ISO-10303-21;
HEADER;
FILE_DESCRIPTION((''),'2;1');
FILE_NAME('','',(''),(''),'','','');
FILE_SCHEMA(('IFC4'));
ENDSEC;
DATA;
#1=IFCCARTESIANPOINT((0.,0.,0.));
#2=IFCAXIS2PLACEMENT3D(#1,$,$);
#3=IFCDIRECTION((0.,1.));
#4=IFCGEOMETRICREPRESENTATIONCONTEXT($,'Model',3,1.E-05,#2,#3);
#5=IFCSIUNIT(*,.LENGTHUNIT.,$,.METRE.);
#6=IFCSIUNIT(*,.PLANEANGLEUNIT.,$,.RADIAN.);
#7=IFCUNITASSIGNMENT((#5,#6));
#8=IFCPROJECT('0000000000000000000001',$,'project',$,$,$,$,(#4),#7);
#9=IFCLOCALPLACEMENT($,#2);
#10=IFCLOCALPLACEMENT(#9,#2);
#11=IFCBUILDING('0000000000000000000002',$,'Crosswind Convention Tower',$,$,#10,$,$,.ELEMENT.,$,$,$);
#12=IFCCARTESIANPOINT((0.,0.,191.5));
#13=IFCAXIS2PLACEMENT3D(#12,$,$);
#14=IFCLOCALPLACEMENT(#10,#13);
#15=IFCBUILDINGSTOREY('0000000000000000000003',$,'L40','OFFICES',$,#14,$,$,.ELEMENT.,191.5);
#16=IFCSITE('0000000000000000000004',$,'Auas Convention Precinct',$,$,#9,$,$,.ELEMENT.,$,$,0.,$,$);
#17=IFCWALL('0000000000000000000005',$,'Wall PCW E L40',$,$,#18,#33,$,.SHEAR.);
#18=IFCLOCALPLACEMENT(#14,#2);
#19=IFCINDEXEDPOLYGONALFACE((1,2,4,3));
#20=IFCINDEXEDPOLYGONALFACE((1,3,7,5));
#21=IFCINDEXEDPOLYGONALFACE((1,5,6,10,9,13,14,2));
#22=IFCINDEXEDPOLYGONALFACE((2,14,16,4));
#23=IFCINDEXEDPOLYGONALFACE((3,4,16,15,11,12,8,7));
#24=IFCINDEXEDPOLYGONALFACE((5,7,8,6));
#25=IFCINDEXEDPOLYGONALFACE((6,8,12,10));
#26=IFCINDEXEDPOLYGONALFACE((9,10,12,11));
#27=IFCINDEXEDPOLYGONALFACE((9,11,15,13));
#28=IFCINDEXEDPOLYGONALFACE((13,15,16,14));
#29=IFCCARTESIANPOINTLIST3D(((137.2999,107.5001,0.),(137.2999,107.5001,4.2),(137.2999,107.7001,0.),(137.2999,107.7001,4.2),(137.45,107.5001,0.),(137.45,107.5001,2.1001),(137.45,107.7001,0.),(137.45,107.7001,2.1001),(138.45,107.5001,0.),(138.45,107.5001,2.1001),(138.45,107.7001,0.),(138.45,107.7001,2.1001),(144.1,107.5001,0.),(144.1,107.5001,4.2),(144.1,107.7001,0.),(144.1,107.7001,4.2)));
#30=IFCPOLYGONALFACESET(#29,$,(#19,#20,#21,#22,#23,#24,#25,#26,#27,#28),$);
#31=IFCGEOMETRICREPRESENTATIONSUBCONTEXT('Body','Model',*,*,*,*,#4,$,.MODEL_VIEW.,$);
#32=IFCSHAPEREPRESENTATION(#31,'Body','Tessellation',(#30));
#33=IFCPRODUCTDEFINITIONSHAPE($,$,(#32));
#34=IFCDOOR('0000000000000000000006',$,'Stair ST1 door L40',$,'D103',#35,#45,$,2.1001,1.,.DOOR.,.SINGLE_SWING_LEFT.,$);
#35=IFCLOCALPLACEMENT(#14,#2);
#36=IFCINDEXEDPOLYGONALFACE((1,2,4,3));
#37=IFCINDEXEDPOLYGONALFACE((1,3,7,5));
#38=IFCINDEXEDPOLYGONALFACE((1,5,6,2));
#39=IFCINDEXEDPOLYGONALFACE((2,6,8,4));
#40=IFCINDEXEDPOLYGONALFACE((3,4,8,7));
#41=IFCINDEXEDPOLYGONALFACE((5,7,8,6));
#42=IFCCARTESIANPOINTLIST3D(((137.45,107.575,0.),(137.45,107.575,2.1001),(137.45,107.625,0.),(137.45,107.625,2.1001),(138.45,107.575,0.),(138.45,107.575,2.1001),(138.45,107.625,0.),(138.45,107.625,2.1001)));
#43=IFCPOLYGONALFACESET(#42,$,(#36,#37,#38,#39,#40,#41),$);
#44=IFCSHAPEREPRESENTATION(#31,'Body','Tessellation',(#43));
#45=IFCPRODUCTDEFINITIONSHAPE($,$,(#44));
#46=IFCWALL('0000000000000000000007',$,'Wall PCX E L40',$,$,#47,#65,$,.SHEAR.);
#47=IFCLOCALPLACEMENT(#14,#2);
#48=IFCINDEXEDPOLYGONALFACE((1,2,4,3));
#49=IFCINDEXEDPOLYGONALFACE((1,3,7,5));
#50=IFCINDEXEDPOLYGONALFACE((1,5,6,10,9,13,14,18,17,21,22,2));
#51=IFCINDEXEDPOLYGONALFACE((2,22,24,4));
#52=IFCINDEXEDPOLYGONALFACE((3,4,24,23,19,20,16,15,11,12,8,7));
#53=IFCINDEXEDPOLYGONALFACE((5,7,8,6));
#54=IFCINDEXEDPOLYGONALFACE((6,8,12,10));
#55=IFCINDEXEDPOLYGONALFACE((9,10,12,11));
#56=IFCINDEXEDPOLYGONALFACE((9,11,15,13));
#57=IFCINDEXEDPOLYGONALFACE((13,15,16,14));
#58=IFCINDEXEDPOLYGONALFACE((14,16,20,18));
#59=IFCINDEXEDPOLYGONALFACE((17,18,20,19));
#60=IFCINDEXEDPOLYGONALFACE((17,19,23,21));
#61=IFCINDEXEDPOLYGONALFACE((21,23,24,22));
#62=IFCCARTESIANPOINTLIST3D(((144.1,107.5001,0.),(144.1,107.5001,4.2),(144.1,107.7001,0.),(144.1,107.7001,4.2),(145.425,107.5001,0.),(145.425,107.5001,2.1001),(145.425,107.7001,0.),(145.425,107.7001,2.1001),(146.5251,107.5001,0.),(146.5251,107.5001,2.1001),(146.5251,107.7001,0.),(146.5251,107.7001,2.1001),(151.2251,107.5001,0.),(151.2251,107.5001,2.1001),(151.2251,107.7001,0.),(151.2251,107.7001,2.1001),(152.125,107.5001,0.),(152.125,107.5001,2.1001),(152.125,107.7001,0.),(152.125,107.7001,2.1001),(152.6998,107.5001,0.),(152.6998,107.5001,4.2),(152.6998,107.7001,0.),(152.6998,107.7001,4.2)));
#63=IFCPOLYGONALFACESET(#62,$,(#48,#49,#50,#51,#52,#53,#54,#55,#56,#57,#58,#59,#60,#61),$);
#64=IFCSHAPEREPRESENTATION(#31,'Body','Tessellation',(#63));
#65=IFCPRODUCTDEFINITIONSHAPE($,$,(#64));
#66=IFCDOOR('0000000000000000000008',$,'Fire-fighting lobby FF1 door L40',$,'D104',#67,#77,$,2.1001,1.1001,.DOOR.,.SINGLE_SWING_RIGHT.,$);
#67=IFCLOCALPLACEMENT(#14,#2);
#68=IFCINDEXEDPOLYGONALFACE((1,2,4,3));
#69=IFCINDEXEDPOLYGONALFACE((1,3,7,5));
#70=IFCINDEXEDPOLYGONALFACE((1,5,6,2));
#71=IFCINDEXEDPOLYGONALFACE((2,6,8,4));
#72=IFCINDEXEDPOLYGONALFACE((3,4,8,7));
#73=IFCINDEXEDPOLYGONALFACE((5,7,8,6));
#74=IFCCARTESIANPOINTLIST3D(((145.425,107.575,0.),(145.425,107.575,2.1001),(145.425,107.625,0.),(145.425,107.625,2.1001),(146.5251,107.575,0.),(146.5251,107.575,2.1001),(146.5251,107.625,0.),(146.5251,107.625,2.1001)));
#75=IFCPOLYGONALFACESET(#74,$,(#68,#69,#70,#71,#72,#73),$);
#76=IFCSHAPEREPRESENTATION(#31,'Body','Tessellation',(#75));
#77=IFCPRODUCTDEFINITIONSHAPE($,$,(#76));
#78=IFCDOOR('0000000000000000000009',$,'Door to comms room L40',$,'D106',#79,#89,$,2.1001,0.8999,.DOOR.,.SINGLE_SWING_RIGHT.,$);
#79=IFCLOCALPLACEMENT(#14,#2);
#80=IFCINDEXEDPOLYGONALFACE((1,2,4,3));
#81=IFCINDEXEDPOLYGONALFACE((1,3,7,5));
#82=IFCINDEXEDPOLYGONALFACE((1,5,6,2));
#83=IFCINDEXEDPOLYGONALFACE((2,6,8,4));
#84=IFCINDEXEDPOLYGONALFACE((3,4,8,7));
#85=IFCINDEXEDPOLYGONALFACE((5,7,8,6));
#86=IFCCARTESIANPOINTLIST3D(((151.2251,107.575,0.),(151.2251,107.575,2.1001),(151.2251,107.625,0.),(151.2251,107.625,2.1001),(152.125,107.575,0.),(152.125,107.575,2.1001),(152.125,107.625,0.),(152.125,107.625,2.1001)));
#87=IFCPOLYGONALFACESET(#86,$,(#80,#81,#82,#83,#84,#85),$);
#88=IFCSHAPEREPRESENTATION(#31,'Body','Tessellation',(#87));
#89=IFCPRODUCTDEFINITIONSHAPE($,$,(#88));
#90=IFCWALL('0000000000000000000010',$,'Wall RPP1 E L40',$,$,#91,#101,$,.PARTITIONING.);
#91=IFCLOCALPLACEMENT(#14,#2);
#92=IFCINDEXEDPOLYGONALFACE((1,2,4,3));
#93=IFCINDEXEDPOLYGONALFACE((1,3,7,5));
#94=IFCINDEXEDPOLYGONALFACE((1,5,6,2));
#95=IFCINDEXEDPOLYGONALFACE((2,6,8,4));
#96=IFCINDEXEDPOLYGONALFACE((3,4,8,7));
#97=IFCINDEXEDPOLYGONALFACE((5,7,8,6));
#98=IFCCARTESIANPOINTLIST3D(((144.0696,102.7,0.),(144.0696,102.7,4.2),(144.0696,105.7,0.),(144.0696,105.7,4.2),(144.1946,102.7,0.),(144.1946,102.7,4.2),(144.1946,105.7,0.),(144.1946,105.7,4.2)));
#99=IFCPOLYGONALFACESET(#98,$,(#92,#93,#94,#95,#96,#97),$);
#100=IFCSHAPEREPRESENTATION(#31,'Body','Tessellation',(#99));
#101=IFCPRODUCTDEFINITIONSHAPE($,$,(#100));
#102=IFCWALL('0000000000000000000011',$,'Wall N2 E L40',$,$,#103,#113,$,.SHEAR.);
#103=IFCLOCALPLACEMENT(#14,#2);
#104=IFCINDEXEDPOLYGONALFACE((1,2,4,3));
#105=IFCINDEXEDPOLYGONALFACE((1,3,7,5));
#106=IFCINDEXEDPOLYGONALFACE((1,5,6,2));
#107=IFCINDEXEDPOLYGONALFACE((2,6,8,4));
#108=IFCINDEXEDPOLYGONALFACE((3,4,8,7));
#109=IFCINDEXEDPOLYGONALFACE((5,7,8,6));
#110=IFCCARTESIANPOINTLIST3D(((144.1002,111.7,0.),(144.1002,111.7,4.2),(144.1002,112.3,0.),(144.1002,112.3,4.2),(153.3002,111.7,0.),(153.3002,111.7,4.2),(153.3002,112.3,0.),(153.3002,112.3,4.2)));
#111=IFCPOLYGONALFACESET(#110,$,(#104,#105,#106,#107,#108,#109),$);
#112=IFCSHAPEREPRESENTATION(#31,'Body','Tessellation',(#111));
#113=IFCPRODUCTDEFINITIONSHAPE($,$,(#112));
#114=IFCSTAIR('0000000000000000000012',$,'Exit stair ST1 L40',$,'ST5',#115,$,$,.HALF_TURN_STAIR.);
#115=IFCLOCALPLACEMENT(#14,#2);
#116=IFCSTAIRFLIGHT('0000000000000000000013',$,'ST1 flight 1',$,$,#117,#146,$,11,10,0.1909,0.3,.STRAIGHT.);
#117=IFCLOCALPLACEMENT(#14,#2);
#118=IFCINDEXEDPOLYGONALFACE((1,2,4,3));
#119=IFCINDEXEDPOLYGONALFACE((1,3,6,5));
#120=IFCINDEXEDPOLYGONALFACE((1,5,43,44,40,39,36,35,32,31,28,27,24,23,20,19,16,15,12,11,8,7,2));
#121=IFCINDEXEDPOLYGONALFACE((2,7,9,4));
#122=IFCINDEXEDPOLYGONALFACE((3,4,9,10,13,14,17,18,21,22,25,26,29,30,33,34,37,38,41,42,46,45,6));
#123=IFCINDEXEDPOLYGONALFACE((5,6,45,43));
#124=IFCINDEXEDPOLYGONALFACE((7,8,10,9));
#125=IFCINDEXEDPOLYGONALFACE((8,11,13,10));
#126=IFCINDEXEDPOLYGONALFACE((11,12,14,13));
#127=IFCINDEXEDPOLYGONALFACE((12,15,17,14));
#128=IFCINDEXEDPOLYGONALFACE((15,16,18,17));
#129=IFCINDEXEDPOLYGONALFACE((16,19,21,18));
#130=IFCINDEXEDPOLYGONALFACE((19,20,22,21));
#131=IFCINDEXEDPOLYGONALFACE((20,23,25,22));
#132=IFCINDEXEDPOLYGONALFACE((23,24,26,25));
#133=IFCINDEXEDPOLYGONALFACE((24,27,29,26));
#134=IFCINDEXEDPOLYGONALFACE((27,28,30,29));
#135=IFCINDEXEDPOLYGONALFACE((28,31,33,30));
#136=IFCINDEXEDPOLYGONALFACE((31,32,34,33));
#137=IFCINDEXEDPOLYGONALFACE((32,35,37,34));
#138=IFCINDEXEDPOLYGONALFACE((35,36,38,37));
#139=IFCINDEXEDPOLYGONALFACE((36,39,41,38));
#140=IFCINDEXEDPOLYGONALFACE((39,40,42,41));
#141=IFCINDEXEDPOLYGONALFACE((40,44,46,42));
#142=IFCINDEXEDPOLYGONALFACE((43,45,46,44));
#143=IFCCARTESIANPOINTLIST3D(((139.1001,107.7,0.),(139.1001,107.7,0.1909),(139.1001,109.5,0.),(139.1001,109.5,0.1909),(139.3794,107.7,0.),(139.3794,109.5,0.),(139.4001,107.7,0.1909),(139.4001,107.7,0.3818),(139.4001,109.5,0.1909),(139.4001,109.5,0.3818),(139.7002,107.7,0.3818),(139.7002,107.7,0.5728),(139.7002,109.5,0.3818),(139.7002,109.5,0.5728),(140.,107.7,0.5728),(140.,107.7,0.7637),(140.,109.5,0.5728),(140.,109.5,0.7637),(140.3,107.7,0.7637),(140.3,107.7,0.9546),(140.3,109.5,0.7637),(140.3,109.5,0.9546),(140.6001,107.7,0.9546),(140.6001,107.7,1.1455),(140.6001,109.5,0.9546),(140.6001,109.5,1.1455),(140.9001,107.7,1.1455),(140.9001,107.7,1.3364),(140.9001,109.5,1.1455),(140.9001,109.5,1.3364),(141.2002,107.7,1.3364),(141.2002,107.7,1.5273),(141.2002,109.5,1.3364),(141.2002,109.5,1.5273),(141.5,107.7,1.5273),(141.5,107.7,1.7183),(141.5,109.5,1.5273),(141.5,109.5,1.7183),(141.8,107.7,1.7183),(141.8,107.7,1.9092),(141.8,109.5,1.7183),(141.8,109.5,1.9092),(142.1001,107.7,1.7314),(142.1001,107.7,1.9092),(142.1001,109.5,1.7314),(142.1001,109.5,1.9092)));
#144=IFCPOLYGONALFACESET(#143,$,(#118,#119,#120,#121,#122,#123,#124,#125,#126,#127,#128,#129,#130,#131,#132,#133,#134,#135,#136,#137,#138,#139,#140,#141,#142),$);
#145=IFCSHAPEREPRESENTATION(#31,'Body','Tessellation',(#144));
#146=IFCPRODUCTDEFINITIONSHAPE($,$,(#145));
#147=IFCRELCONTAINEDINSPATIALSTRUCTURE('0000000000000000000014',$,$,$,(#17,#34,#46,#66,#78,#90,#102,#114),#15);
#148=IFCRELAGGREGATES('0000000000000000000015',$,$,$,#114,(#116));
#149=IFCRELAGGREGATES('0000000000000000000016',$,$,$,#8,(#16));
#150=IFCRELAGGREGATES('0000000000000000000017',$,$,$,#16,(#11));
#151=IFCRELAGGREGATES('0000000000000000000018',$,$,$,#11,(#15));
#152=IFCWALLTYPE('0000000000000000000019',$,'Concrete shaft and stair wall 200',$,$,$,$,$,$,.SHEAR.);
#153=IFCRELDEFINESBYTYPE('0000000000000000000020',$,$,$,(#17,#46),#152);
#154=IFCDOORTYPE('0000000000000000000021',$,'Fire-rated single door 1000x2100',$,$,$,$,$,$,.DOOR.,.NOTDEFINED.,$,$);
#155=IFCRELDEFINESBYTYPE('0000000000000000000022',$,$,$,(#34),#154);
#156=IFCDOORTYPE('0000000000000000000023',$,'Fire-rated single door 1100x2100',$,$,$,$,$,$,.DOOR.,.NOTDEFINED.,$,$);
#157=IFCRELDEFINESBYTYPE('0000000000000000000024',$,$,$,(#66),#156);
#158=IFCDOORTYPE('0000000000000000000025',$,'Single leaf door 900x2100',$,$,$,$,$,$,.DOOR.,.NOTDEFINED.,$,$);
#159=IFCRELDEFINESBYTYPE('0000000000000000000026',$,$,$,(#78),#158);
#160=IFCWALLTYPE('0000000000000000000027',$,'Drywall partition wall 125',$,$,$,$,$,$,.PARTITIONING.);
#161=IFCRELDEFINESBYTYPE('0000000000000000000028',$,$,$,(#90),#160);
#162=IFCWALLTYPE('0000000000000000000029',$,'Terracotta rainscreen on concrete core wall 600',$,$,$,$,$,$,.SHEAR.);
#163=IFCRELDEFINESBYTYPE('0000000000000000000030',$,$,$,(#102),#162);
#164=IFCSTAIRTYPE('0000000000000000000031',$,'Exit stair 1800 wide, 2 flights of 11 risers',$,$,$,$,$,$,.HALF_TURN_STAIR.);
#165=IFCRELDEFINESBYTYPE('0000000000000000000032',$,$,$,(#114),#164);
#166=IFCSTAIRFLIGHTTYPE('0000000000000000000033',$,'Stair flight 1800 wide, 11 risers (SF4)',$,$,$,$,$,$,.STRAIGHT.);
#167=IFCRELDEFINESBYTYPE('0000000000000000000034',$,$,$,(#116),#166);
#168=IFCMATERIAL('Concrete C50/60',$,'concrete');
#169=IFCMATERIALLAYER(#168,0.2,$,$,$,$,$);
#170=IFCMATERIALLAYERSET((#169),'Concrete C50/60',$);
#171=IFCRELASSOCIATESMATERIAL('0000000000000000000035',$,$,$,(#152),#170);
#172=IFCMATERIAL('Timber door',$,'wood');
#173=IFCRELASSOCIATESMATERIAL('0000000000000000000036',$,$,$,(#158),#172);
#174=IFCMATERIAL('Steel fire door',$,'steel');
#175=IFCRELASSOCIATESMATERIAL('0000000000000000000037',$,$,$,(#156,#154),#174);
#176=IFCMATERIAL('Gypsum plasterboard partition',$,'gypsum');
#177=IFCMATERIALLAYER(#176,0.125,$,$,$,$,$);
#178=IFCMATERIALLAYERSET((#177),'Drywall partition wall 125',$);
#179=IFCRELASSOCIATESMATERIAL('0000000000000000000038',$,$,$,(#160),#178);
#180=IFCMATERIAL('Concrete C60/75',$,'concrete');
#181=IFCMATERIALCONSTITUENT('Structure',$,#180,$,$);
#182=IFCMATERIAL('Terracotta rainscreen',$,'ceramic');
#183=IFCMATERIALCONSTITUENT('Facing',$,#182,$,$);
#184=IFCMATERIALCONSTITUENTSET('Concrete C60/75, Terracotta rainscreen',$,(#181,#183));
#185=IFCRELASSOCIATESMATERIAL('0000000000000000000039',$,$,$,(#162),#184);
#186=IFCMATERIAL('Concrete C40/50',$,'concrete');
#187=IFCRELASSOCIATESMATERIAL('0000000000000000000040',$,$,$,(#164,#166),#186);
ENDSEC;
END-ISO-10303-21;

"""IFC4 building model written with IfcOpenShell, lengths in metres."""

from ifc_helpers import new_model, si_unit, direction, frame, frame_2d, origin, place, context, subcontext, project, spatial, polyline, rectangle, outline, extrude, material, layer, layer_set, constituent, constituent_set, type_object, element, fill, aggregate, save


model = new_model("IFC4")

# Units and contexts
model_context = context("Model", 3, precision=1e-05, world=origin(), true_north=direction((0.0, 1.0)))
body_context = subcontext(model_context, "Body", "Model", "MODEL_VIEW")
ifc_project = project(units=[si_unit("LENGTHUNIT", "METRE"), si_unit("PLANEANGLEUNIT", "RADIAN")], contexts=[model_context])

# Site, building, storey
site_placement = place(None, origin())
site = spatial("IfcSite", under=ifc_project, at=site_placement, Name="Auas Convention Precinct", CompositionType="ELEMENT", RefElevation=0.0)
building_placement = place(site_placement, origin())
building = spatial("IfcBuilding", under=site, at=building_placement, Name="Crosswind Convention Tower", CompositionType="ELEMENT")
storey_placement = place(building_placement, frame((0.0, 0.0, 191.5)))
storey = spatial("IfcBuildingStorey", under=building, at=storey_placement, Name="L40", Description="OFFICES", CompositionType="ELEMENT", Elevation=191.5)

# Shared definitions
ifc_material_1 = material(Name="Concrete C50/60", Category="concrete")
ifc_layer_1 = layer(ifc_material_1, 0.2)
ifc_layer_set_1 = layer_set([ifc_layer_1], Name="Concrete C50/60")
wall_type_1 = type_object("IfcWallType", Name="Concrete shaft and stair wall 200", PredefinedType="SHEAR", material=ifc_layer_set_1)

# Shared definitions
ifc_material_2 = material(Name="Timber door", Category="wood")
door_type_1 = type_object("IfcDoorType", Name="Single leaf door 900x2100", OperationType="NOTDEFINED", PredefinedType="DOOR", material=ifc_material_2)

# Shared definitions
ifc_material_3 = material(Name="Steel fire door", Category="steel")
door_type_2 = type_object("IfcDoorType", Name="Fire-rated single door 1100x2100", OperationType="NOTDEFINED", PredefinedType="DOOR", material=ifc_material_3)

# Wall, opening, door
wall_1_placement = place(storey_placement, frame((137.3, 107.6001, 0.0), z_axis=(0.0, 0.0, 1.0), x_axis=(1.0, 0.0, 0.0)))
wall_1 = element("IfcWall", 1, at=wall_1_placement, inside=storey, type_object=wall_type_1, Name="Wall PCW E L40", PredefinedType="SHEAR", context=body_context, shape_type="SweptSolid", body=[
    extrude(rectangle(XDim=6.8, YDim=0.2, at=frame_2d((3.3999, 0.0))), origin(), (0.0, 0.0, 1.0), 4.2),
])
opening_1_placement = place(wall_1_placement, frame((0.1499, 0.0, 0.0)))
opening_1 = element("IfcOpeningElement", 2, at=opening_1_placement, cuts=wall_1, PredefinedType="OPENING", context=body_context, shape_type="SweptSolid", body=[
    extrude(rectangle(XDim=1.0, YDim=2.1001, at=frame_2d((0.5, 1.05))), frame((0.0, 0.1099, 0.0), z_axis=(0.0, -1.0, 0.0), x_axis=(1.0, 0.0, 0.0)), (0.0, 0.0, 1.0), 0.22),
])
door_type_3 = type_object("IfcDoorType", Name="Fire-rated single door 1000x2100", OperationType="NOTDEFINED", PredefinedType="DOOR", material=ifc_material_3)
door_1_placement = place(opening_1_placement, origin())
door_1 = element("IfcDoor", 3, at=door_1_placement, inside=storey, type_object=door_type_3, Name="Stair ST1 door L40", ObjectType="D103", OperationType="SINGLE_SWING_LEFT", OverallHeight=2.1001, OverallWidth=1.0, PredefinedType="DOOR", context=body_context, shape_type="SweptSolid", body=[
    extrude(rectangle(XDim=1.0, YDim=2.1001, at=frame_2d((0.5, 1.05))), frame((0.0, 0.0249, 0.0), z_axis=(0.0, -1.0, 0.0), x_axis=(1.0, 0.0, 0.0)), (0.0, 0.0, 1.0), 0.05),
])
fill(opening_1, door_1)

# Wall, openings, doors
wall_2_placement = place(storey_placement, frame((144.1001, 107.6001, 0.0), z_axis=(0.0, 0.0, 1.0), x_axis=(1.0, 0.0, 0.0)))
wall_2 = element("IfcWall", 4, at=wall_2_placement, inside=storey, type_object=wall_type_1, Name="Wall PCX E L40", PredefinedType="SHEAR", context=body_context, shape_type="SweptSolid", body=[
    extrude(rectangle(XDim=8.5999, YDim=0.2, at=frame_2d((4.2998, 0.0))), origin(), (0.0, 0.0, 1.0), 4.2),
])
opening_2_placement = place(wall_2_placement, frame((1.325, 0.0, 0.0)))
opening_2 = element("IfcOpeningElement", 5, at=opening_2_placement, cuts=wall_2, PredefinedType="OPENING", context=body_context, shape_type="SweptSolid", body=[
    extrude(rectangle(XDim=1.1001, YDim=2.1001, at=frame_2d((0.55, 1.05))), frame((0.0, 0.1099, 0.0), z_axis=(0.0, -1.0, 0.0), x_axis=(1.0, 0.0, 0.0)), (0.0, 0.0, 1.0), 0.22),
])
opening_3_placement = place(wall_2_placement, frame((7.125, 0.0, 0.0)))
opening_3 = element("IfcOpeningElement", 6, at=opening_3_placement, cuts=wall_2, PredefinedType="OPENING", context=body_context, shape_type="SweptSolid", body=[
    extrude(rectangle(XDim=0.8999, YDim=2.1001, at=frame_2d((0.45, 1.05))), frame((0.0, 0.1099, 0.0), z_axis=(0.0, -1.0, 0.0), x_axis=(1.0, 0.0, 0.0)), (0.0, 0.0, 1.0), 0.22),
])
door_2_placement = place(opening_2_placement, origin())
door_2 = element("IfcDoor", 7, at=door_2_placement, inside=storey, type_object=door_type_2, Name="Fire-fighting lobby FF1 door L40", ObjectType="D104", OperationType="SINGLE_SWING_RIGHT", OverallHeight=2.1001, OverallWidth=1.1001, PredefinedType="DOOR", context=body_context, shape_type="SweptSolid", body=[
    extrude(rectangle(XDim=1.1001, YDim=2.1001, at=frame_2d((0.55, 1.05))), frame((0.0, 0.0249, 0.0), z_axis=(0.0, -1.0, 0.0), x_axis=(1.0, 0.0, 0.0)), (0.0, 0.0, 1.0), 0.05),
])
fill(opening_2, door_2)
door_3_placement = place(opening_3_placement, origin())
door_3 = element("IfcDoor", 8, at=door_3_placement, inside=storey, type_object=door_type_1, Name="Door to comms room L40", ObjectType="D106", OperationType="SINGLE_SWING_RIGHT", OverallHeight=2.1001, OverallWidth=0.8999, PredefinedType="DOOR", context=body_context, shape_type="SweptSolid", body=[
    extrude(rectangle(XDim=0.8999, YDim=2.1001, at=frame_2d((0.45, 1.05))), frame((0.0, 0.0249, 0.0), z_axis=(0.0, -1.0, 0.0), x_axis=(1.0, 0.0, 0.0)), (0.0, 0.0, 1.0), 0.05),
])
fill(opening_3, door_3)

# Walls
ifc_material_4 = material(Name="Gypsum plasterboard partition", Category="gypsum")
ifc_layer_2 = layer(ifc_material_4, 0.125)
ifc_layer_set_2 = layer_set([ifc_layer_2], Name="Drywall partition wall 125")
wall_type_2 = type_object("IfcWallType", Name="Drywall partition wall 125", PredefinedType="PARTITIONING", material=ifc_layer_set_2)
wall_3_placement = place(storey_placement, frame((144.1321, 102.7, 0.0), z_axis=(0.0, 0.0, 1.0), x_axis=(0.0, 1.0, 0.0)))
element("IfcWall", 9, at=wall_3_placement, inside=storey, type_object=wall_type_2, Name="Wall RPP1 E L40", PredefinedType="PARTITIONING", context=body_context, shape_type="SweptSolid", body=[
    extrude(rectangle(XDim=3.0, YDim=0.125, at=frame_2d((1.5, 0.0))), origin(), (0.0, 0.0, 1.0), 4.2),
])
ifc_material_5 = material(Name="Concrete C60/75", Category="concrete")
ifc_constituent_1 = constituent(ifc_material_5, Name="Structure")
ifc_material_6 = material(Name="Terracotta rainscreen", Category="ceramic")
ifc_constituent_2 = constituent(ifc_material_6, Name="Facing")
ifc_constituent_set = constituent_set(constituents=[ifc_constituent_1, ifc_constituent_2], Name="Concrete C60/75, Terracotta rainscreen")
wall_type_3 = type_object("IfcWallType", Name="Terracotta rainscreen on concrete core wall 600", PredefinedType="SHEAR", material=ifc_constituent_set)
wall_4_placement = place(storey_placement, frame((144.1001, 112.0, 0.0), z_axis=(0.0, 0.0, 1.0), x_axis=(1.0, 0.0, 0.0)))
element("IfcWall", 10, at=wall_4_placement, inside=storey, type_object=wall_type_3, Name="Wall N2 E L40", PredefinedType="SHEAR", context=body_context, shape_type="SweptSolid", body=[
    extrude(rectangle(XDim=9.2, YDim=0.6001, at=frame_2d((4.6001, 0.0))), origin(), (0.0, 0.0, 1.0), 4.2),
])

# Stair, stair flight
ifc_material_7 = material(Name="Concrete C40/50", Category="concrete")
stair_type = type_object("IfcStairType", Name="Exit stair 1800 wide, 2 flights of 11 risers", PredefinedType="HALF_TURN_STAIR", material=ifc_material_7)
stair_placement = place(storey_placement, origin())
stair = element("IfcStair", 11, at=stair_placement, inside=storey, type_object=stair_type, Name="Exit stair ST1 L40", ObjectType="ST5", PredefinedType="HALF_TURN_STAIR")
stair_flight_type = type_object("IfcStairFlightType", Name="Stair flight 1800 wide, 11 risers (SF4)", PredefinedType="STRAIGHT", material=ifc_material_7)
stair_flight_1_placement = place(storey_placement, frame((139.1001, 108.6001, 0.0), z_axis=(0.0, 0.0, 1.0), x_axis=(1.0, 0.0, 0.0)))
stair_flight_1 = element("IfcStairFlight", 12, at=stair_flight_1_placement, type_object=stair_flight_type, Name="ST1 flight 1", NumberOfRisers=11, NumberOfTreads=10, PredefinedType="STRAIGHT", RiserHeight=0.1909, TreadLength=0.3, context=body_context, shape_type="SweptSolid", body=[
    extrude(outline(polyline([(0.0, 0.0), (0.0, 0.1909), (0.3, 0.1909), (0.3, 0.3818), (0.6001, 0.3818), (0.6001, 0.5728), (0.8999, 0.5728), (0.8999, 0.7637), (1.2, 0.7637), (1.2, 0.9546), (1.5, 0.9546), (1.5, 1.1455), (1.8, 1.1455), (1.8, 1.3364), (2.1001, 1.3364), (2.1001, 1.5273), (2.3999, 1.5273), (2.3999, 1.7183), (2.7, 1.7183), (2.7, 1.9092), (3.0, 1.9092), (3.0, 2.1001), (3.0, 1.7314), (0.2793, 0.0), (0.0, 0.0)])), frame((0.0, 0.8999, 0.0), z_axis=(0.0, -1.0, 0.0), x_axis=(1.0, 0.0, 0.0)), (0.0, 0.0, 1.0), 1.8),
])
aggregate(stair, [stair_flight_1])

save(model, "model.ifc")
